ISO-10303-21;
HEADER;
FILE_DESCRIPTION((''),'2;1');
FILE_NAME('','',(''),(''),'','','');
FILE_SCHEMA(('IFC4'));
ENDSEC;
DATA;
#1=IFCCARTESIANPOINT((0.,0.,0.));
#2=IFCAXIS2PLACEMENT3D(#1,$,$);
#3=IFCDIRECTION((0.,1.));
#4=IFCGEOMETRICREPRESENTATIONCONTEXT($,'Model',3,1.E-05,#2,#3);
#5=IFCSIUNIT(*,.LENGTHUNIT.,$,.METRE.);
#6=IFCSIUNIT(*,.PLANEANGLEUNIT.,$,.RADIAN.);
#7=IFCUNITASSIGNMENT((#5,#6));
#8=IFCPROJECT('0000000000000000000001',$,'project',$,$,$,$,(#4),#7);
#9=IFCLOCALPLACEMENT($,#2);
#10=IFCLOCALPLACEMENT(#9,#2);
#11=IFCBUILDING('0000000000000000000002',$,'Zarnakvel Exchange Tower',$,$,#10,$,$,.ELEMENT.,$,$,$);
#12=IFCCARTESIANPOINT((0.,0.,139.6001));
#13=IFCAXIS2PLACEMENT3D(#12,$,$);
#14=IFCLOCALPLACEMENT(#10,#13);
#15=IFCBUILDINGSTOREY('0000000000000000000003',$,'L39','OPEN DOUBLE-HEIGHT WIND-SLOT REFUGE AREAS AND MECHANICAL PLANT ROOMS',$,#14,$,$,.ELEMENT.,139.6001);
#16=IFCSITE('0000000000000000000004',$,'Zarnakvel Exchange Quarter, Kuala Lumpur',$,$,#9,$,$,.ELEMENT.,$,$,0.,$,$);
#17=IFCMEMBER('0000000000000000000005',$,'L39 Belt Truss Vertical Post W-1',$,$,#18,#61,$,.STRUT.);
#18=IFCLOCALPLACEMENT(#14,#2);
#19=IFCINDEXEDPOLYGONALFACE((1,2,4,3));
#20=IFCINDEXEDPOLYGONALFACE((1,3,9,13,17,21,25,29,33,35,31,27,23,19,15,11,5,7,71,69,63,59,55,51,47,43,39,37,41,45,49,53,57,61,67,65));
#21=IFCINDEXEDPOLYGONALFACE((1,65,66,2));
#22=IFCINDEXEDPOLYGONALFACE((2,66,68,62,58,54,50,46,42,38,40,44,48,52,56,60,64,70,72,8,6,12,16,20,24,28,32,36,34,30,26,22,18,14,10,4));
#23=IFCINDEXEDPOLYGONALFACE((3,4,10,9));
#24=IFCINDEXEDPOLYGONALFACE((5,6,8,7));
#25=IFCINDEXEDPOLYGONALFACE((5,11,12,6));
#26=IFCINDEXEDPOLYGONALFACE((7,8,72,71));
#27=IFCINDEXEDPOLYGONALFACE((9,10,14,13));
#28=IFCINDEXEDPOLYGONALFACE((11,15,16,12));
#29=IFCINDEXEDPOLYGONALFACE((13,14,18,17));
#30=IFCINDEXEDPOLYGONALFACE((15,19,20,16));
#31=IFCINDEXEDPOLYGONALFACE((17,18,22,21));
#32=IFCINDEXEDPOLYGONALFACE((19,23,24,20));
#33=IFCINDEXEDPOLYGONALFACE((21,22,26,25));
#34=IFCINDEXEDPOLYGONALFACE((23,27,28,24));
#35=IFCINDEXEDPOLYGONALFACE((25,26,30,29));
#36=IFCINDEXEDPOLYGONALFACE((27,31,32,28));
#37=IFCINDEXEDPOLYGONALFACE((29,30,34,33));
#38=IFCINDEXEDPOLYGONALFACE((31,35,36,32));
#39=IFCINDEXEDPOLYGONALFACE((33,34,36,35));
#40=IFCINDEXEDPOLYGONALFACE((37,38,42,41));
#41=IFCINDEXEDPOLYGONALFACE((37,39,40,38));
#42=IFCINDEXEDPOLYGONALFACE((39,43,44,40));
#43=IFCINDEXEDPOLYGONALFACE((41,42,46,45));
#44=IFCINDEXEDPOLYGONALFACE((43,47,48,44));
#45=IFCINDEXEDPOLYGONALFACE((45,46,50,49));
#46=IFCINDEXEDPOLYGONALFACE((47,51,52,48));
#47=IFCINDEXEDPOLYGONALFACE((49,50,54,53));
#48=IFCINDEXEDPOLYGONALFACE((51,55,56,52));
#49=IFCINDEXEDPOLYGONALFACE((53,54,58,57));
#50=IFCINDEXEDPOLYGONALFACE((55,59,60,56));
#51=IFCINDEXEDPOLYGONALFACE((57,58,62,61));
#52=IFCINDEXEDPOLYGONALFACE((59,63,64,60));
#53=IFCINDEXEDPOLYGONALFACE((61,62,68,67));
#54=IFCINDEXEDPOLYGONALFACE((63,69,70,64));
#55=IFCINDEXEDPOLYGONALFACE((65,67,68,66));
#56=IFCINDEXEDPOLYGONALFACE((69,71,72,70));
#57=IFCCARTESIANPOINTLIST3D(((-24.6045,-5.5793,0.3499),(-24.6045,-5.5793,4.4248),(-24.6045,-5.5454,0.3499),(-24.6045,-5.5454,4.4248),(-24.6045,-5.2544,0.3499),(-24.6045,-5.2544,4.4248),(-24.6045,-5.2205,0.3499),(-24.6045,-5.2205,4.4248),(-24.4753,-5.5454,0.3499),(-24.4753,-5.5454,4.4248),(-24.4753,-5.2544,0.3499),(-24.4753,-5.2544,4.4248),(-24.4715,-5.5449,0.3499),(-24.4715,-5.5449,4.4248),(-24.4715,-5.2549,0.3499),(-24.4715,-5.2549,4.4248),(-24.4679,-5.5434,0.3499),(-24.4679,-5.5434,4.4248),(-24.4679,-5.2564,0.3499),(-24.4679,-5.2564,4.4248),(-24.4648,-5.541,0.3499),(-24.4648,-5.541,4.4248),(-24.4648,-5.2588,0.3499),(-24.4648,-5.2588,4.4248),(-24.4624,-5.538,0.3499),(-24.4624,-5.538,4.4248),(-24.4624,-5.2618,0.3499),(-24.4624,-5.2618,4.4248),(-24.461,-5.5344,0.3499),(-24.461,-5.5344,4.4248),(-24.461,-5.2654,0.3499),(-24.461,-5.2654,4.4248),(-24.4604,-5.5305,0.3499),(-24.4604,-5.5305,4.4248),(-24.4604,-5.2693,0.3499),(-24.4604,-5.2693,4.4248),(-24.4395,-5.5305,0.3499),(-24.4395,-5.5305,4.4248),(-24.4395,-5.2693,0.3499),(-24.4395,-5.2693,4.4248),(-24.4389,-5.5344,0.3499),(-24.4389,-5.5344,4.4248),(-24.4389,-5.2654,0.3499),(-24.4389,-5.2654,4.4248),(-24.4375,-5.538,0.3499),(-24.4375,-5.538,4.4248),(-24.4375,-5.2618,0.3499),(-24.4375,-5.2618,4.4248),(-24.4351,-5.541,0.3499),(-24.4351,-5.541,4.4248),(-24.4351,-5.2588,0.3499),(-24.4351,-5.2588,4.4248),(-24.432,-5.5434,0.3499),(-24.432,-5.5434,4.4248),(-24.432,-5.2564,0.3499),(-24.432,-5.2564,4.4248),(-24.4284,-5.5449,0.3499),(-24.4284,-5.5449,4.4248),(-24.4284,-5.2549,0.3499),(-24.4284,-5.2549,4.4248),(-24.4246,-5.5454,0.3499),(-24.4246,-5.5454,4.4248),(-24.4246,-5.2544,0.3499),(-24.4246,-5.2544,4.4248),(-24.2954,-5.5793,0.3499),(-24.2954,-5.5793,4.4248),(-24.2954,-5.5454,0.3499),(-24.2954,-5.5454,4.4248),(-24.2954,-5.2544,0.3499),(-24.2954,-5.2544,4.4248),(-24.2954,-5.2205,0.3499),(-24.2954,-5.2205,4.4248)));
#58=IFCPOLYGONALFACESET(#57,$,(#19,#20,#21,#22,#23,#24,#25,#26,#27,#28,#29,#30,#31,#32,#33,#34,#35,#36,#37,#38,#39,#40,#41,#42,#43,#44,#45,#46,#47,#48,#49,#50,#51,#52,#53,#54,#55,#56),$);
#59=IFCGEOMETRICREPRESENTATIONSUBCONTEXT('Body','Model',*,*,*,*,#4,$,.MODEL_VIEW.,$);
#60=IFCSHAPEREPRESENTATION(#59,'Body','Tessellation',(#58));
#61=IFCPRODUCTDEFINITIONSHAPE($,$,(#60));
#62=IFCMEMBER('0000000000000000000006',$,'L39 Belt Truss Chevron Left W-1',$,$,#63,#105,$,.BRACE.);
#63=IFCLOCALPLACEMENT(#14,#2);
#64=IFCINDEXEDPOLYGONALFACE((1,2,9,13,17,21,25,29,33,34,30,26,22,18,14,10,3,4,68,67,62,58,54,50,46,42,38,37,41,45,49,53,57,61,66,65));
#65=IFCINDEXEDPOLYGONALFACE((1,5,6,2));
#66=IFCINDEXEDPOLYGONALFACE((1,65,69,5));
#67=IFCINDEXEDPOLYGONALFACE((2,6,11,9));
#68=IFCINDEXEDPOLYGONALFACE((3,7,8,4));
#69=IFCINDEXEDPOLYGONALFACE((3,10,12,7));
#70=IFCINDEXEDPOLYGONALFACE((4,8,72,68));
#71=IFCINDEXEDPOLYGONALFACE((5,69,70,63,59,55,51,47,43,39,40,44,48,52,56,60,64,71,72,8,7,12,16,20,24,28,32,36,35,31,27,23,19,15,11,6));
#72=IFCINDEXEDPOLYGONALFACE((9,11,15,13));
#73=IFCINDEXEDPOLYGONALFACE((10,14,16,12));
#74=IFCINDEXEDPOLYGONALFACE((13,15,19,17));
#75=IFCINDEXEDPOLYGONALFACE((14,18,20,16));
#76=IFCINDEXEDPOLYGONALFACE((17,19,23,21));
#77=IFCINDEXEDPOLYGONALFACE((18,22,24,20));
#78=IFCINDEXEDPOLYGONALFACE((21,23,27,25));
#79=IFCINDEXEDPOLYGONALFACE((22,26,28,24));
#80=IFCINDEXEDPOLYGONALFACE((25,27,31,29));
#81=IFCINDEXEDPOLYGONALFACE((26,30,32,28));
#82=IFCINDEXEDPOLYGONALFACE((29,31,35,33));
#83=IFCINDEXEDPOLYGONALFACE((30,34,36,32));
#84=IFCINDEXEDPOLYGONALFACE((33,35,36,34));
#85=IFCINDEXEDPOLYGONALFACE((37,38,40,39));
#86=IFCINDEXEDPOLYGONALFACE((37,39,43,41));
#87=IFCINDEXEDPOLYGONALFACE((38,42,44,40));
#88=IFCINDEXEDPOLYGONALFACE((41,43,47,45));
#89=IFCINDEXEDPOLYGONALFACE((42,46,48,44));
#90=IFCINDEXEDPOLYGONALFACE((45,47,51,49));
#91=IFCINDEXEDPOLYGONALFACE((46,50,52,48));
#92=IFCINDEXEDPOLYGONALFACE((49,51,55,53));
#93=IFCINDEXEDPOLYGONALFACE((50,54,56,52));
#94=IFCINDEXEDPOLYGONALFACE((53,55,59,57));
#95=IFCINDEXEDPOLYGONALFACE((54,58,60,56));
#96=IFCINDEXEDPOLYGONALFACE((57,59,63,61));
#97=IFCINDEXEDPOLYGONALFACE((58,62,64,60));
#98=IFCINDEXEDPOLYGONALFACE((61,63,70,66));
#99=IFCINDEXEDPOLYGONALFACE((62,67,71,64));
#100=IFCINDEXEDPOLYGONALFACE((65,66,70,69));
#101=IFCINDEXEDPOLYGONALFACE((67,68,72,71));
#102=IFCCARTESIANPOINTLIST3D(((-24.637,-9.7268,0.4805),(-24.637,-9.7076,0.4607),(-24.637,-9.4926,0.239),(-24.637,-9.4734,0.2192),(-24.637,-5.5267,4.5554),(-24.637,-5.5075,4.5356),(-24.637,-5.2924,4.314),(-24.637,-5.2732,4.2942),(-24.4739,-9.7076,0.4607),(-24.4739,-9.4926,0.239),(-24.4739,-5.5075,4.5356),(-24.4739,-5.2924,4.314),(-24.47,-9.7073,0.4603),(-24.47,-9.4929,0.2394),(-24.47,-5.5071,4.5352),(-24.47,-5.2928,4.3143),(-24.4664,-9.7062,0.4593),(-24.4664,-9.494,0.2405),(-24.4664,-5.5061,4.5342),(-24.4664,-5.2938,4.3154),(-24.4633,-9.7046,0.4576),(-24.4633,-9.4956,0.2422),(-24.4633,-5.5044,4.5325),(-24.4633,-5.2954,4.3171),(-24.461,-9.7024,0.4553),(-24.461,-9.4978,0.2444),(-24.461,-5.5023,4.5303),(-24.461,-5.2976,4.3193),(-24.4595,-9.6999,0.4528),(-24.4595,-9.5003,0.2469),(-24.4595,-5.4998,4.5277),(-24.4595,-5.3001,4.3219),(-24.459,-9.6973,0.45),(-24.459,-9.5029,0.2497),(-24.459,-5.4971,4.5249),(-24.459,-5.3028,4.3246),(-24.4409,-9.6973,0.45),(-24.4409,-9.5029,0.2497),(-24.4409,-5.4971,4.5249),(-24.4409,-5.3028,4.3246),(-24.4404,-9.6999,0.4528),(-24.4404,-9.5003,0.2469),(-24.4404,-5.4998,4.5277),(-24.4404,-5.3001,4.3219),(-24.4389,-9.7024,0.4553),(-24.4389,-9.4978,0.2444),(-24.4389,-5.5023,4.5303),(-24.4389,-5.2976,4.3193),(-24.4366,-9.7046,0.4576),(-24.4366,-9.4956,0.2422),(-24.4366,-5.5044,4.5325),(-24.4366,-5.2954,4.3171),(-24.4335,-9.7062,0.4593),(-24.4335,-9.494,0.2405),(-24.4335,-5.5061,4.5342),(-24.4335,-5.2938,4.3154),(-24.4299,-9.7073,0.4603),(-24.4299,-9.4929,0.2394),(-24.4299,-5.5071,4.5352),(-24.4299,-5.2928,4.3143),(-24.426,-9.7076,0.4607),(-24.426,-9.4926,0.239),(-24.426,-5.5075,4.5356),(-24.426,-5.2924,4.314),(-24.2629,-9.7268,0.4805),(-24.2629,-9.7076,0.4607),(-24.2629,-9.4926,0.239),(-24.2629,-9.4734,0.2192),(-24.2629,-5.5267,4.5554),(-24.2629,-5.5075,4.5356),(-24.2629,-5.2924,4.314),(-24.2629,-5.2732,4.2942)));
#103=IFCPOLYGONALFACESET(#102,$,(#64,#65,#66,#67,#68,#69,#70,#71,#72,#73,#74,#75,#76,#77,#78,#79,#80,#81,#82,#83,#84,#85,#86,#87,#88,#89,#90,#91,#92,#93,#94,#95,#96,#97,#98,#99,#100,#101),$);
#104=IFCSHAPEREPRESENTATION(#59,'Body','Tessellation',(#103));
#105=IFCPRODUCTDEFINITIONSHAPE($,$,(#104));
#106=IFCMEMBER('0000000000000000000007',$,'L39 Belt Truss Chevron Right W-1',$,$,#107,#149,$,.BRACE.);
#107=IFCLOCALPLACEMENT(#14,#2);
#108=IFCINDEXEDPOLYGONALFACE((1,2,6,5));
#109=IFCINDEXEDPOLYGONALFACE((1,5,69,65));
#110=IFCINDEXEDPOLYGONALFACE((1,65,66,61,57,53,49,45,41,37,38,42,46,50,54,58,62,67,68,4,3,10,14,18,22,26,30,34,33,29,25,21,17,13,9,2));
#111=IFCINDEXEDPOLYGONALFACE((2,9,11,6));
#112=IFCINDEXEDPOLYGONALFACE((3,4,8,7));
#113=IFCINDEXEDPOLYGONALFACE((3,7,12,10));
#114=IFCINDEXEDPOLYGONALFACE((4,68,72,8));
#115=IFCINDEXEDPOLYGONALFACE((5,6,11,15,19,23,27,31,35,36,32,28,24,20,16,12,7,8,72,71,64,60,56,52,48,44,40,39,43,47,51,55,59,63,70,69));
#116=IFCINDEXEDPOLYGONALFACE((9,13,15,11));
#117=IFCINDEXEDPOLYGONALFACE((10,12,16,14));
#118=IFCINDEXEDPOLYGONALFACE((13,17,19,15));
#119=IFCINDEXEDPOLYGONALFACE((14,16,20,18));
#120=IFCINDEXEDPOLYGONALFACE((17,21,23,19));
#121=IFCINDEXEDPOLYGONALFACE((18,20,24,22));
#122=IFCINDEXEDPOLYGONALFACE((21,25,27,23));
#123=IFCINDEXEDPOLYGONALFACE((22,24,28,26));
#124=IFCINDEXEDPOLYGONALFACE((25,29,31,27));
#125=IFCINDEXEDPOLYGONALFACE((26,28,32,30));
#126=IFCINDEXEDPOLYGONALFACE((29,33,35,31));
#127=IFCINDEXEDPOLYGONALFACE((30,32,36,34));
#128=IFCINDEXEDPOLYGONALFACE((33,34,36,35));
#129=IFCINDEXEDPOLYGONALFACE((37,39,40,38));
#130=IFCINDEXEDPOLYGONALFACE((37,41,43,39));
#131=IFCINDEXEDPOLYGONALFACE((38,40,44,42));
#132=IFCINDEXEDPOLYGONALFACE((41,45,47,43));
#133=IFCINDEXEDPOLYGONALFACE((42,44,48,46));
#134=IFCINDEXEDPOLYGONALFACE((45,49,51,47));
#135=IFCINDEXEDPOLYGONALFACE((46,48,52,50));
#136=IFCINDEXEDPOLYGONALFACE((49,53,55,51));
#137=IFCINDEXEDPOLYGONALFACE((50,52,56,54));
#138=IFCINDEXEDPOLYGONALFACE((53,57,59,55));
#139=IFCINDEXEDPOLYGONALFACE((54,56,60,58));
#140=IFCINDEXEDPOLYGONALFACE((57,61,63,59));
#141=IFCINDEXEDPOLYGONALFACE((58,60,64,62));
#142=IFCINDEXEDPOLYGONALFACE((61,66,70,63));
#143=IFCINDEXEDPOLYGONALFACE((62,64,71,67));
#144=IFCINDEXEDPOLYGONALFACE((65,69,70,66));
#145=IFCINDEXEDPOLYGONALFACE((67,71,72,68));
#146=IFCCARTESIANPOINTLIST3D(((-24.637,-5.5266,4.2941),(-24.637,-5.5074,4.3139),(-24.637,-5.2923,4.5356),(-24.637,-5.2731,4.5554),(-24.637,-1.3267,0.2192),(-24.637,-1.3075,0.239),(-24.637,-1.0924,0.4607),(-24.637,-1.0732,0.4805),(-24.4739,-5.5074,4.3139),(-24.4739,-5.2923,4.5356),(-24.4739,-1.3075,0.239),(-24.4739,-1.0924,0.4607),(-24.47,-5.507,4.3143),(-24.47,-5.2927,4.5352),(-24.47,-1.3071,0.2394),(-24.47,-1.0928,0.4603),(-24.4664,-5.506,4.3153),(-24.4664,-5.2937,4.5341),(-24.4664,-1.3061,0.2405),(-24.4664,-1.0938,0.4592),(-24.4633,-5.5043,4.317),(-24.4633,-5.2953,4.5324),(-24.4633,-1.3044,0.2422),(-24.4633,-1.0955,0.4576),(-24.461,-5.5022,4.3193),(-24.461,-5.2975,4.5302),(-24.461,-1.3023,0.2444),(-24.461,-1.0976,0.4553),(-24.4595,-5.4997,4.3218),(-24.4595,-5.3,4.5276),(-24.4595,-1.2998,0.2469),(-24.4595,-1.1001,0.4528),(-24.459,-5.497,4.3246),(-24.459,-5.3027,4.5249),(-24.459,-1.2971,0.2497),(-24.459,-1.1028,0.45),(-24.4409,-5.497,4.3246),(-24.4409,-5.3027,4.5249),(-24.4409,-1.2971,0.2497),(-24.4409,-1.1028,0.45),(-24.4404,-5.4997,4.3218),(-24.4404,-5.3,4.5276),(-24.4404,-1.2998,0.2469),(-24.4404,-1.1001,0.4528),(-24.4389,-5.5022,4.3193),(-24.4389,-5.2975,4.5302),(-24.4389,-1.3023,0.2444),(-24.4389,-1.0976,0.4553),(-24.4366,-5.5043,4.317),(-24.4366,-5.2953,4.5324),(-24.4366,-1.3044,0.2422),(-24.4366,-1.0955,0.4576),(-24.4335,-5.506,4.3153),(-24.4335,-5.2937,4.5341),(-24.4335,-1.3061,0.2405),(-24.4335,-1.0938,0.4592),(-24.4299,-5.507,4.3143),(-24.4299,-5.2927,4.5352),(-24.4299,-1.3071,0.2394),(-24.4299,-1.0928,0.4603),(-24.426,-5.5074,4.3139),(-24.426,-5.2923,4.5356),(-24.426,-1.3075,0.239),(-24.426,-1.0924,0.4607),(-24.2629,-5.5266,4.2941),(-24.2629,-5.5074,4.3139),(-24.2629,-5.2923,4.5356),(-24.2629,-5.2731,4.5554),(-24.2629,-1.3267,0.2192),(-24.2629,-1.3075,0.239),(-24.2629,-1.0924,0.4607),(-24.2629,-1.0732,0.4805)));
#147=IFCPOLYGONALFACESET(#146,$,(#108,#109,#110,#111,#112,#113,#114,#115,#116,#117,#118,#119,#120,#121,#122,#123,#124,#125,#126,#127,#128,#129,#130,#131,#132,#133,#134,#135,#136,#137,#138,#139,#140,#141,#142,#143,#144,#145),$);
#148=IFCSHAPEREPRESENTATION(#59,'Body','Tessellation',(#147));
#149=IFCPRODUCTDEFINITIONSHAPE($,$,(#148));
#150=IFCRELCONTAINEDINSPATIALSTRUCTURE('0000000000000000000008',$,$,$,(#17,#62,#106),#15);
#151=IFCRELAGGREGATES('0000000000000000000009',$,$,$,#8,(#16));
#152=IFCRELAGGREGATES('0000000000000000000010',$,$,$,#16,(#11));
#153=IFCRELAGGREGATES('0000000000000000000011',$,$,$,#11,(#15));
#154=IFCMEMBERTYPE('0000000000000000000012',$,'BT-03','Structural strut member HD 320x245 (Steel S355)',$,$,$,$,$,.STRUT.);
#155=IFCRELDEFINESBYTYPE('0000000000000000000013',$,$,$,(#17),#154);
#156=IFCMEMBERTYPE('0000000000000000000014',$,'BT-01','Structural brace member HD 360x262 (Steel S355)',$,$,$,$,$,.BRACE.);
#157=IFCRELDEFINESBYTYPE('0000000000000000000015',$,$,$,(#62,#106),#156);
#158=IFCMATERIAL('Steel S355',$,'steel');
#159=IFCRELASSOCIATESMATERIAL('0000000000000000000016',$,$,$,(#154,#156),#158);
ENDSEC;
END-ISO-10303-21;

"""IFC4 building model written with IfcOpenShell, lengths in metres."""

from ifc_helpers import new_model, si_unit, direction, frame, origin, origin_2d, place, context, subcontext, project, spatial, i_section, extrude, source, transform, mapped, material, material_profile, profile_set, type_object, element, save


model = new_model("IFC4")

# Units and contexts
model_context = context("Model", 3, precision=1e-05, world=origin(), true_north=direction((0.0, 1.0)))
body_context = subcontext(model_context, "Body", "Model", "MODEL_VIEW")
ifc_project = project(units=[si_unit("LENGTHUNIT", "METRE"), si_unit("PLANEANGLEUNIT", "RADIAN")], contexts=[model_context])

# Site, building, storey
site_placement = place(None, origin())
site = spatial("IfcSite", under=ifc_project, at=site_placement, Name="Zarnakvel Exchange Quarter, Kuala Lumpur", CompositionType="ELEMENT", RefElevation=0.0)
building_placement = place(site_placement, origin())
building = spatial("IfcBuilding", under=site, at=building_placement, Name="Zarnakvel Exchange Tower", CompositionType="ELEMENT")
storey_placement = place(building_placement, frame((0.0, 0.0, 139.6001)))
storey = spatial("IfcBuildingStorey", under=building, at=storey_placement, Name="L39", Description="OPEN DOUBLE-HEIGHT WIND-SLOT REFUGE AREAS AND MECHANICAL PLANT ROOMS", CompositionType="ELEMENT", Elevation=139.6001)

# Shared definitions
ifc_material_1 = material(Name="Steel S355", Category="steel")

# Members
ifc_material_profile_1 = material_profile(ifc_material_1, i_section(OverallWidth=0.3091, OverallDepth=0.3589, WebThickness=0.021, FlangeThickness=0.0339, FilletRadius=0.0149, at=origin_2d()))
ifc_profile_set_1 = profile_set([ifc_material_profile_1], Name="Steel S355")
member_type_1 = type_object("IfcMemberType", Name="BT-03", Description="Structural strut member HD 320x245 (Steel S355)", PredefinedType="STRUT", material=ifc_profile_set_1)
shared_shape_1 = source(origin(), body_context, "Body", "SweptSolid", [
    extrude(i_section(OverallWidth=0.3091, OverallDepth=0.3589, WebThickness=0.021, FlangeThickness=0.0339, FilletRadius=0.0149, at=origin_2d()), origin(), (0.0, 0.0, 1.0), 4.075),
])
member_1_placement = place(storey_placement, frame((-24.45, -5.3999, 0.3499), z_axis=(0.0, 0.0, 1.0), x_axis=(1.0, 0.0, 0.0)))
element("IfcMember", 1, at=member_1_placement, inside=storey, type_object=member_type_1, Name="L39 Belt Truss Vertical Post W-1", PredefinedType="STRUT", context=body_context, shape_type="MappedRepresentation", body=[
    mapped(shared_shape_1, transform((0.0, 0.0, 0.0), x_axis=(1.0, 0.0, 0.0), y_axis=(0.0, 1.0, 0.0), z_axis=(0.0, 0.0, 1.0), scale=1.0)),
])
ifc_material_profile_2 = material_profile(ifc_material_1, i_section(OverallWidth=0.374, OverallDepth=0.364, WebThickness=0.0181, FlangeThickness=0.0276, FilletRadius=0.0149, at=origin_2d()))
ifc_profile_set_2 = profile_set([ifc_material_profile_2], Name="Steel S355")
member_type_2 = type_object("IfcMemberType", Name="BT-01", Description="Structural brace member HD 360x262 (Steel S355)", PredefinedType="BRACE", material=ifc_profile_set_2)
shared_shape_2 = source(origin(), body_context, "Body", "SweptSolid", [
    extrude(i_section(OverallWidth=0.374, OverallDepth=0.364, WebThickness=0.0181, FlangeThickness=0.0276, FilletRadius=0.0149, at=origin_2d()), origin(), (0.0, 0.0, 1.0), 5.8521),
])
member_2_placement = place(storey_placement, frame((-24.45, -9.6001, 0.3499), z_axis=(0.0, 0.717727, 0.696325), x_axis=(-1.0, 0.0, 0.0)))
element("IfcMember", 2, at=member_2_placement, inside=storey, type_object=member_type_2, Name="L39 Belt Truss Chevron Left W-1", PredefinedType="BRACE", context=body_context, shape_type="MappedRepresentation", body=[
    mapped(shared_shape_2, transform((0.0, 0.0, 0.0), x_axis=(1.0, 0.0, 0.0), y_axis=(0.0, 1.0, 0.0), z_axis=(0.0, 0.0, 1.0), scale=1.0)),
])
shared_shape_3 = source(origin(), body_context, "Body", "SweptSolid", [
    extrude(i_section(OverallWidth=0.374, OverallDepth=0.364, WebThickness=0.0181, FlangeThickness=0.0276, FilletRadius=0.0149, at=origin_2d()), origin(), (0.0, 0.0, 1.0), 5.8518),
])
member_3_placement = place(storey_placement, frame((-24.45, -1.2, 0.3499), z_axis=(0.0, -0.717706, 0.696346), x_axis=(1.0, 0.0, 0.0)))
element("IfcMember", 3, at=member_3_placement, inside=storey, type_object=member_type_2, Name="L39 Belt Truss Chevron Right W-1", PredefinedType="BRACE", context=body_context, shape_type="MappedRepresentation", body=[
    mapped(shared_shape_3, transform((0.0, 0.0, 0.0), x_axis=(1.0, 0.0, 0.0), y_axis=(0.0, 1.0, 0.0), z_axis=(0.0, 0.0, 1.0), scale=1.0)),
])

save(model, "model.ifc")
